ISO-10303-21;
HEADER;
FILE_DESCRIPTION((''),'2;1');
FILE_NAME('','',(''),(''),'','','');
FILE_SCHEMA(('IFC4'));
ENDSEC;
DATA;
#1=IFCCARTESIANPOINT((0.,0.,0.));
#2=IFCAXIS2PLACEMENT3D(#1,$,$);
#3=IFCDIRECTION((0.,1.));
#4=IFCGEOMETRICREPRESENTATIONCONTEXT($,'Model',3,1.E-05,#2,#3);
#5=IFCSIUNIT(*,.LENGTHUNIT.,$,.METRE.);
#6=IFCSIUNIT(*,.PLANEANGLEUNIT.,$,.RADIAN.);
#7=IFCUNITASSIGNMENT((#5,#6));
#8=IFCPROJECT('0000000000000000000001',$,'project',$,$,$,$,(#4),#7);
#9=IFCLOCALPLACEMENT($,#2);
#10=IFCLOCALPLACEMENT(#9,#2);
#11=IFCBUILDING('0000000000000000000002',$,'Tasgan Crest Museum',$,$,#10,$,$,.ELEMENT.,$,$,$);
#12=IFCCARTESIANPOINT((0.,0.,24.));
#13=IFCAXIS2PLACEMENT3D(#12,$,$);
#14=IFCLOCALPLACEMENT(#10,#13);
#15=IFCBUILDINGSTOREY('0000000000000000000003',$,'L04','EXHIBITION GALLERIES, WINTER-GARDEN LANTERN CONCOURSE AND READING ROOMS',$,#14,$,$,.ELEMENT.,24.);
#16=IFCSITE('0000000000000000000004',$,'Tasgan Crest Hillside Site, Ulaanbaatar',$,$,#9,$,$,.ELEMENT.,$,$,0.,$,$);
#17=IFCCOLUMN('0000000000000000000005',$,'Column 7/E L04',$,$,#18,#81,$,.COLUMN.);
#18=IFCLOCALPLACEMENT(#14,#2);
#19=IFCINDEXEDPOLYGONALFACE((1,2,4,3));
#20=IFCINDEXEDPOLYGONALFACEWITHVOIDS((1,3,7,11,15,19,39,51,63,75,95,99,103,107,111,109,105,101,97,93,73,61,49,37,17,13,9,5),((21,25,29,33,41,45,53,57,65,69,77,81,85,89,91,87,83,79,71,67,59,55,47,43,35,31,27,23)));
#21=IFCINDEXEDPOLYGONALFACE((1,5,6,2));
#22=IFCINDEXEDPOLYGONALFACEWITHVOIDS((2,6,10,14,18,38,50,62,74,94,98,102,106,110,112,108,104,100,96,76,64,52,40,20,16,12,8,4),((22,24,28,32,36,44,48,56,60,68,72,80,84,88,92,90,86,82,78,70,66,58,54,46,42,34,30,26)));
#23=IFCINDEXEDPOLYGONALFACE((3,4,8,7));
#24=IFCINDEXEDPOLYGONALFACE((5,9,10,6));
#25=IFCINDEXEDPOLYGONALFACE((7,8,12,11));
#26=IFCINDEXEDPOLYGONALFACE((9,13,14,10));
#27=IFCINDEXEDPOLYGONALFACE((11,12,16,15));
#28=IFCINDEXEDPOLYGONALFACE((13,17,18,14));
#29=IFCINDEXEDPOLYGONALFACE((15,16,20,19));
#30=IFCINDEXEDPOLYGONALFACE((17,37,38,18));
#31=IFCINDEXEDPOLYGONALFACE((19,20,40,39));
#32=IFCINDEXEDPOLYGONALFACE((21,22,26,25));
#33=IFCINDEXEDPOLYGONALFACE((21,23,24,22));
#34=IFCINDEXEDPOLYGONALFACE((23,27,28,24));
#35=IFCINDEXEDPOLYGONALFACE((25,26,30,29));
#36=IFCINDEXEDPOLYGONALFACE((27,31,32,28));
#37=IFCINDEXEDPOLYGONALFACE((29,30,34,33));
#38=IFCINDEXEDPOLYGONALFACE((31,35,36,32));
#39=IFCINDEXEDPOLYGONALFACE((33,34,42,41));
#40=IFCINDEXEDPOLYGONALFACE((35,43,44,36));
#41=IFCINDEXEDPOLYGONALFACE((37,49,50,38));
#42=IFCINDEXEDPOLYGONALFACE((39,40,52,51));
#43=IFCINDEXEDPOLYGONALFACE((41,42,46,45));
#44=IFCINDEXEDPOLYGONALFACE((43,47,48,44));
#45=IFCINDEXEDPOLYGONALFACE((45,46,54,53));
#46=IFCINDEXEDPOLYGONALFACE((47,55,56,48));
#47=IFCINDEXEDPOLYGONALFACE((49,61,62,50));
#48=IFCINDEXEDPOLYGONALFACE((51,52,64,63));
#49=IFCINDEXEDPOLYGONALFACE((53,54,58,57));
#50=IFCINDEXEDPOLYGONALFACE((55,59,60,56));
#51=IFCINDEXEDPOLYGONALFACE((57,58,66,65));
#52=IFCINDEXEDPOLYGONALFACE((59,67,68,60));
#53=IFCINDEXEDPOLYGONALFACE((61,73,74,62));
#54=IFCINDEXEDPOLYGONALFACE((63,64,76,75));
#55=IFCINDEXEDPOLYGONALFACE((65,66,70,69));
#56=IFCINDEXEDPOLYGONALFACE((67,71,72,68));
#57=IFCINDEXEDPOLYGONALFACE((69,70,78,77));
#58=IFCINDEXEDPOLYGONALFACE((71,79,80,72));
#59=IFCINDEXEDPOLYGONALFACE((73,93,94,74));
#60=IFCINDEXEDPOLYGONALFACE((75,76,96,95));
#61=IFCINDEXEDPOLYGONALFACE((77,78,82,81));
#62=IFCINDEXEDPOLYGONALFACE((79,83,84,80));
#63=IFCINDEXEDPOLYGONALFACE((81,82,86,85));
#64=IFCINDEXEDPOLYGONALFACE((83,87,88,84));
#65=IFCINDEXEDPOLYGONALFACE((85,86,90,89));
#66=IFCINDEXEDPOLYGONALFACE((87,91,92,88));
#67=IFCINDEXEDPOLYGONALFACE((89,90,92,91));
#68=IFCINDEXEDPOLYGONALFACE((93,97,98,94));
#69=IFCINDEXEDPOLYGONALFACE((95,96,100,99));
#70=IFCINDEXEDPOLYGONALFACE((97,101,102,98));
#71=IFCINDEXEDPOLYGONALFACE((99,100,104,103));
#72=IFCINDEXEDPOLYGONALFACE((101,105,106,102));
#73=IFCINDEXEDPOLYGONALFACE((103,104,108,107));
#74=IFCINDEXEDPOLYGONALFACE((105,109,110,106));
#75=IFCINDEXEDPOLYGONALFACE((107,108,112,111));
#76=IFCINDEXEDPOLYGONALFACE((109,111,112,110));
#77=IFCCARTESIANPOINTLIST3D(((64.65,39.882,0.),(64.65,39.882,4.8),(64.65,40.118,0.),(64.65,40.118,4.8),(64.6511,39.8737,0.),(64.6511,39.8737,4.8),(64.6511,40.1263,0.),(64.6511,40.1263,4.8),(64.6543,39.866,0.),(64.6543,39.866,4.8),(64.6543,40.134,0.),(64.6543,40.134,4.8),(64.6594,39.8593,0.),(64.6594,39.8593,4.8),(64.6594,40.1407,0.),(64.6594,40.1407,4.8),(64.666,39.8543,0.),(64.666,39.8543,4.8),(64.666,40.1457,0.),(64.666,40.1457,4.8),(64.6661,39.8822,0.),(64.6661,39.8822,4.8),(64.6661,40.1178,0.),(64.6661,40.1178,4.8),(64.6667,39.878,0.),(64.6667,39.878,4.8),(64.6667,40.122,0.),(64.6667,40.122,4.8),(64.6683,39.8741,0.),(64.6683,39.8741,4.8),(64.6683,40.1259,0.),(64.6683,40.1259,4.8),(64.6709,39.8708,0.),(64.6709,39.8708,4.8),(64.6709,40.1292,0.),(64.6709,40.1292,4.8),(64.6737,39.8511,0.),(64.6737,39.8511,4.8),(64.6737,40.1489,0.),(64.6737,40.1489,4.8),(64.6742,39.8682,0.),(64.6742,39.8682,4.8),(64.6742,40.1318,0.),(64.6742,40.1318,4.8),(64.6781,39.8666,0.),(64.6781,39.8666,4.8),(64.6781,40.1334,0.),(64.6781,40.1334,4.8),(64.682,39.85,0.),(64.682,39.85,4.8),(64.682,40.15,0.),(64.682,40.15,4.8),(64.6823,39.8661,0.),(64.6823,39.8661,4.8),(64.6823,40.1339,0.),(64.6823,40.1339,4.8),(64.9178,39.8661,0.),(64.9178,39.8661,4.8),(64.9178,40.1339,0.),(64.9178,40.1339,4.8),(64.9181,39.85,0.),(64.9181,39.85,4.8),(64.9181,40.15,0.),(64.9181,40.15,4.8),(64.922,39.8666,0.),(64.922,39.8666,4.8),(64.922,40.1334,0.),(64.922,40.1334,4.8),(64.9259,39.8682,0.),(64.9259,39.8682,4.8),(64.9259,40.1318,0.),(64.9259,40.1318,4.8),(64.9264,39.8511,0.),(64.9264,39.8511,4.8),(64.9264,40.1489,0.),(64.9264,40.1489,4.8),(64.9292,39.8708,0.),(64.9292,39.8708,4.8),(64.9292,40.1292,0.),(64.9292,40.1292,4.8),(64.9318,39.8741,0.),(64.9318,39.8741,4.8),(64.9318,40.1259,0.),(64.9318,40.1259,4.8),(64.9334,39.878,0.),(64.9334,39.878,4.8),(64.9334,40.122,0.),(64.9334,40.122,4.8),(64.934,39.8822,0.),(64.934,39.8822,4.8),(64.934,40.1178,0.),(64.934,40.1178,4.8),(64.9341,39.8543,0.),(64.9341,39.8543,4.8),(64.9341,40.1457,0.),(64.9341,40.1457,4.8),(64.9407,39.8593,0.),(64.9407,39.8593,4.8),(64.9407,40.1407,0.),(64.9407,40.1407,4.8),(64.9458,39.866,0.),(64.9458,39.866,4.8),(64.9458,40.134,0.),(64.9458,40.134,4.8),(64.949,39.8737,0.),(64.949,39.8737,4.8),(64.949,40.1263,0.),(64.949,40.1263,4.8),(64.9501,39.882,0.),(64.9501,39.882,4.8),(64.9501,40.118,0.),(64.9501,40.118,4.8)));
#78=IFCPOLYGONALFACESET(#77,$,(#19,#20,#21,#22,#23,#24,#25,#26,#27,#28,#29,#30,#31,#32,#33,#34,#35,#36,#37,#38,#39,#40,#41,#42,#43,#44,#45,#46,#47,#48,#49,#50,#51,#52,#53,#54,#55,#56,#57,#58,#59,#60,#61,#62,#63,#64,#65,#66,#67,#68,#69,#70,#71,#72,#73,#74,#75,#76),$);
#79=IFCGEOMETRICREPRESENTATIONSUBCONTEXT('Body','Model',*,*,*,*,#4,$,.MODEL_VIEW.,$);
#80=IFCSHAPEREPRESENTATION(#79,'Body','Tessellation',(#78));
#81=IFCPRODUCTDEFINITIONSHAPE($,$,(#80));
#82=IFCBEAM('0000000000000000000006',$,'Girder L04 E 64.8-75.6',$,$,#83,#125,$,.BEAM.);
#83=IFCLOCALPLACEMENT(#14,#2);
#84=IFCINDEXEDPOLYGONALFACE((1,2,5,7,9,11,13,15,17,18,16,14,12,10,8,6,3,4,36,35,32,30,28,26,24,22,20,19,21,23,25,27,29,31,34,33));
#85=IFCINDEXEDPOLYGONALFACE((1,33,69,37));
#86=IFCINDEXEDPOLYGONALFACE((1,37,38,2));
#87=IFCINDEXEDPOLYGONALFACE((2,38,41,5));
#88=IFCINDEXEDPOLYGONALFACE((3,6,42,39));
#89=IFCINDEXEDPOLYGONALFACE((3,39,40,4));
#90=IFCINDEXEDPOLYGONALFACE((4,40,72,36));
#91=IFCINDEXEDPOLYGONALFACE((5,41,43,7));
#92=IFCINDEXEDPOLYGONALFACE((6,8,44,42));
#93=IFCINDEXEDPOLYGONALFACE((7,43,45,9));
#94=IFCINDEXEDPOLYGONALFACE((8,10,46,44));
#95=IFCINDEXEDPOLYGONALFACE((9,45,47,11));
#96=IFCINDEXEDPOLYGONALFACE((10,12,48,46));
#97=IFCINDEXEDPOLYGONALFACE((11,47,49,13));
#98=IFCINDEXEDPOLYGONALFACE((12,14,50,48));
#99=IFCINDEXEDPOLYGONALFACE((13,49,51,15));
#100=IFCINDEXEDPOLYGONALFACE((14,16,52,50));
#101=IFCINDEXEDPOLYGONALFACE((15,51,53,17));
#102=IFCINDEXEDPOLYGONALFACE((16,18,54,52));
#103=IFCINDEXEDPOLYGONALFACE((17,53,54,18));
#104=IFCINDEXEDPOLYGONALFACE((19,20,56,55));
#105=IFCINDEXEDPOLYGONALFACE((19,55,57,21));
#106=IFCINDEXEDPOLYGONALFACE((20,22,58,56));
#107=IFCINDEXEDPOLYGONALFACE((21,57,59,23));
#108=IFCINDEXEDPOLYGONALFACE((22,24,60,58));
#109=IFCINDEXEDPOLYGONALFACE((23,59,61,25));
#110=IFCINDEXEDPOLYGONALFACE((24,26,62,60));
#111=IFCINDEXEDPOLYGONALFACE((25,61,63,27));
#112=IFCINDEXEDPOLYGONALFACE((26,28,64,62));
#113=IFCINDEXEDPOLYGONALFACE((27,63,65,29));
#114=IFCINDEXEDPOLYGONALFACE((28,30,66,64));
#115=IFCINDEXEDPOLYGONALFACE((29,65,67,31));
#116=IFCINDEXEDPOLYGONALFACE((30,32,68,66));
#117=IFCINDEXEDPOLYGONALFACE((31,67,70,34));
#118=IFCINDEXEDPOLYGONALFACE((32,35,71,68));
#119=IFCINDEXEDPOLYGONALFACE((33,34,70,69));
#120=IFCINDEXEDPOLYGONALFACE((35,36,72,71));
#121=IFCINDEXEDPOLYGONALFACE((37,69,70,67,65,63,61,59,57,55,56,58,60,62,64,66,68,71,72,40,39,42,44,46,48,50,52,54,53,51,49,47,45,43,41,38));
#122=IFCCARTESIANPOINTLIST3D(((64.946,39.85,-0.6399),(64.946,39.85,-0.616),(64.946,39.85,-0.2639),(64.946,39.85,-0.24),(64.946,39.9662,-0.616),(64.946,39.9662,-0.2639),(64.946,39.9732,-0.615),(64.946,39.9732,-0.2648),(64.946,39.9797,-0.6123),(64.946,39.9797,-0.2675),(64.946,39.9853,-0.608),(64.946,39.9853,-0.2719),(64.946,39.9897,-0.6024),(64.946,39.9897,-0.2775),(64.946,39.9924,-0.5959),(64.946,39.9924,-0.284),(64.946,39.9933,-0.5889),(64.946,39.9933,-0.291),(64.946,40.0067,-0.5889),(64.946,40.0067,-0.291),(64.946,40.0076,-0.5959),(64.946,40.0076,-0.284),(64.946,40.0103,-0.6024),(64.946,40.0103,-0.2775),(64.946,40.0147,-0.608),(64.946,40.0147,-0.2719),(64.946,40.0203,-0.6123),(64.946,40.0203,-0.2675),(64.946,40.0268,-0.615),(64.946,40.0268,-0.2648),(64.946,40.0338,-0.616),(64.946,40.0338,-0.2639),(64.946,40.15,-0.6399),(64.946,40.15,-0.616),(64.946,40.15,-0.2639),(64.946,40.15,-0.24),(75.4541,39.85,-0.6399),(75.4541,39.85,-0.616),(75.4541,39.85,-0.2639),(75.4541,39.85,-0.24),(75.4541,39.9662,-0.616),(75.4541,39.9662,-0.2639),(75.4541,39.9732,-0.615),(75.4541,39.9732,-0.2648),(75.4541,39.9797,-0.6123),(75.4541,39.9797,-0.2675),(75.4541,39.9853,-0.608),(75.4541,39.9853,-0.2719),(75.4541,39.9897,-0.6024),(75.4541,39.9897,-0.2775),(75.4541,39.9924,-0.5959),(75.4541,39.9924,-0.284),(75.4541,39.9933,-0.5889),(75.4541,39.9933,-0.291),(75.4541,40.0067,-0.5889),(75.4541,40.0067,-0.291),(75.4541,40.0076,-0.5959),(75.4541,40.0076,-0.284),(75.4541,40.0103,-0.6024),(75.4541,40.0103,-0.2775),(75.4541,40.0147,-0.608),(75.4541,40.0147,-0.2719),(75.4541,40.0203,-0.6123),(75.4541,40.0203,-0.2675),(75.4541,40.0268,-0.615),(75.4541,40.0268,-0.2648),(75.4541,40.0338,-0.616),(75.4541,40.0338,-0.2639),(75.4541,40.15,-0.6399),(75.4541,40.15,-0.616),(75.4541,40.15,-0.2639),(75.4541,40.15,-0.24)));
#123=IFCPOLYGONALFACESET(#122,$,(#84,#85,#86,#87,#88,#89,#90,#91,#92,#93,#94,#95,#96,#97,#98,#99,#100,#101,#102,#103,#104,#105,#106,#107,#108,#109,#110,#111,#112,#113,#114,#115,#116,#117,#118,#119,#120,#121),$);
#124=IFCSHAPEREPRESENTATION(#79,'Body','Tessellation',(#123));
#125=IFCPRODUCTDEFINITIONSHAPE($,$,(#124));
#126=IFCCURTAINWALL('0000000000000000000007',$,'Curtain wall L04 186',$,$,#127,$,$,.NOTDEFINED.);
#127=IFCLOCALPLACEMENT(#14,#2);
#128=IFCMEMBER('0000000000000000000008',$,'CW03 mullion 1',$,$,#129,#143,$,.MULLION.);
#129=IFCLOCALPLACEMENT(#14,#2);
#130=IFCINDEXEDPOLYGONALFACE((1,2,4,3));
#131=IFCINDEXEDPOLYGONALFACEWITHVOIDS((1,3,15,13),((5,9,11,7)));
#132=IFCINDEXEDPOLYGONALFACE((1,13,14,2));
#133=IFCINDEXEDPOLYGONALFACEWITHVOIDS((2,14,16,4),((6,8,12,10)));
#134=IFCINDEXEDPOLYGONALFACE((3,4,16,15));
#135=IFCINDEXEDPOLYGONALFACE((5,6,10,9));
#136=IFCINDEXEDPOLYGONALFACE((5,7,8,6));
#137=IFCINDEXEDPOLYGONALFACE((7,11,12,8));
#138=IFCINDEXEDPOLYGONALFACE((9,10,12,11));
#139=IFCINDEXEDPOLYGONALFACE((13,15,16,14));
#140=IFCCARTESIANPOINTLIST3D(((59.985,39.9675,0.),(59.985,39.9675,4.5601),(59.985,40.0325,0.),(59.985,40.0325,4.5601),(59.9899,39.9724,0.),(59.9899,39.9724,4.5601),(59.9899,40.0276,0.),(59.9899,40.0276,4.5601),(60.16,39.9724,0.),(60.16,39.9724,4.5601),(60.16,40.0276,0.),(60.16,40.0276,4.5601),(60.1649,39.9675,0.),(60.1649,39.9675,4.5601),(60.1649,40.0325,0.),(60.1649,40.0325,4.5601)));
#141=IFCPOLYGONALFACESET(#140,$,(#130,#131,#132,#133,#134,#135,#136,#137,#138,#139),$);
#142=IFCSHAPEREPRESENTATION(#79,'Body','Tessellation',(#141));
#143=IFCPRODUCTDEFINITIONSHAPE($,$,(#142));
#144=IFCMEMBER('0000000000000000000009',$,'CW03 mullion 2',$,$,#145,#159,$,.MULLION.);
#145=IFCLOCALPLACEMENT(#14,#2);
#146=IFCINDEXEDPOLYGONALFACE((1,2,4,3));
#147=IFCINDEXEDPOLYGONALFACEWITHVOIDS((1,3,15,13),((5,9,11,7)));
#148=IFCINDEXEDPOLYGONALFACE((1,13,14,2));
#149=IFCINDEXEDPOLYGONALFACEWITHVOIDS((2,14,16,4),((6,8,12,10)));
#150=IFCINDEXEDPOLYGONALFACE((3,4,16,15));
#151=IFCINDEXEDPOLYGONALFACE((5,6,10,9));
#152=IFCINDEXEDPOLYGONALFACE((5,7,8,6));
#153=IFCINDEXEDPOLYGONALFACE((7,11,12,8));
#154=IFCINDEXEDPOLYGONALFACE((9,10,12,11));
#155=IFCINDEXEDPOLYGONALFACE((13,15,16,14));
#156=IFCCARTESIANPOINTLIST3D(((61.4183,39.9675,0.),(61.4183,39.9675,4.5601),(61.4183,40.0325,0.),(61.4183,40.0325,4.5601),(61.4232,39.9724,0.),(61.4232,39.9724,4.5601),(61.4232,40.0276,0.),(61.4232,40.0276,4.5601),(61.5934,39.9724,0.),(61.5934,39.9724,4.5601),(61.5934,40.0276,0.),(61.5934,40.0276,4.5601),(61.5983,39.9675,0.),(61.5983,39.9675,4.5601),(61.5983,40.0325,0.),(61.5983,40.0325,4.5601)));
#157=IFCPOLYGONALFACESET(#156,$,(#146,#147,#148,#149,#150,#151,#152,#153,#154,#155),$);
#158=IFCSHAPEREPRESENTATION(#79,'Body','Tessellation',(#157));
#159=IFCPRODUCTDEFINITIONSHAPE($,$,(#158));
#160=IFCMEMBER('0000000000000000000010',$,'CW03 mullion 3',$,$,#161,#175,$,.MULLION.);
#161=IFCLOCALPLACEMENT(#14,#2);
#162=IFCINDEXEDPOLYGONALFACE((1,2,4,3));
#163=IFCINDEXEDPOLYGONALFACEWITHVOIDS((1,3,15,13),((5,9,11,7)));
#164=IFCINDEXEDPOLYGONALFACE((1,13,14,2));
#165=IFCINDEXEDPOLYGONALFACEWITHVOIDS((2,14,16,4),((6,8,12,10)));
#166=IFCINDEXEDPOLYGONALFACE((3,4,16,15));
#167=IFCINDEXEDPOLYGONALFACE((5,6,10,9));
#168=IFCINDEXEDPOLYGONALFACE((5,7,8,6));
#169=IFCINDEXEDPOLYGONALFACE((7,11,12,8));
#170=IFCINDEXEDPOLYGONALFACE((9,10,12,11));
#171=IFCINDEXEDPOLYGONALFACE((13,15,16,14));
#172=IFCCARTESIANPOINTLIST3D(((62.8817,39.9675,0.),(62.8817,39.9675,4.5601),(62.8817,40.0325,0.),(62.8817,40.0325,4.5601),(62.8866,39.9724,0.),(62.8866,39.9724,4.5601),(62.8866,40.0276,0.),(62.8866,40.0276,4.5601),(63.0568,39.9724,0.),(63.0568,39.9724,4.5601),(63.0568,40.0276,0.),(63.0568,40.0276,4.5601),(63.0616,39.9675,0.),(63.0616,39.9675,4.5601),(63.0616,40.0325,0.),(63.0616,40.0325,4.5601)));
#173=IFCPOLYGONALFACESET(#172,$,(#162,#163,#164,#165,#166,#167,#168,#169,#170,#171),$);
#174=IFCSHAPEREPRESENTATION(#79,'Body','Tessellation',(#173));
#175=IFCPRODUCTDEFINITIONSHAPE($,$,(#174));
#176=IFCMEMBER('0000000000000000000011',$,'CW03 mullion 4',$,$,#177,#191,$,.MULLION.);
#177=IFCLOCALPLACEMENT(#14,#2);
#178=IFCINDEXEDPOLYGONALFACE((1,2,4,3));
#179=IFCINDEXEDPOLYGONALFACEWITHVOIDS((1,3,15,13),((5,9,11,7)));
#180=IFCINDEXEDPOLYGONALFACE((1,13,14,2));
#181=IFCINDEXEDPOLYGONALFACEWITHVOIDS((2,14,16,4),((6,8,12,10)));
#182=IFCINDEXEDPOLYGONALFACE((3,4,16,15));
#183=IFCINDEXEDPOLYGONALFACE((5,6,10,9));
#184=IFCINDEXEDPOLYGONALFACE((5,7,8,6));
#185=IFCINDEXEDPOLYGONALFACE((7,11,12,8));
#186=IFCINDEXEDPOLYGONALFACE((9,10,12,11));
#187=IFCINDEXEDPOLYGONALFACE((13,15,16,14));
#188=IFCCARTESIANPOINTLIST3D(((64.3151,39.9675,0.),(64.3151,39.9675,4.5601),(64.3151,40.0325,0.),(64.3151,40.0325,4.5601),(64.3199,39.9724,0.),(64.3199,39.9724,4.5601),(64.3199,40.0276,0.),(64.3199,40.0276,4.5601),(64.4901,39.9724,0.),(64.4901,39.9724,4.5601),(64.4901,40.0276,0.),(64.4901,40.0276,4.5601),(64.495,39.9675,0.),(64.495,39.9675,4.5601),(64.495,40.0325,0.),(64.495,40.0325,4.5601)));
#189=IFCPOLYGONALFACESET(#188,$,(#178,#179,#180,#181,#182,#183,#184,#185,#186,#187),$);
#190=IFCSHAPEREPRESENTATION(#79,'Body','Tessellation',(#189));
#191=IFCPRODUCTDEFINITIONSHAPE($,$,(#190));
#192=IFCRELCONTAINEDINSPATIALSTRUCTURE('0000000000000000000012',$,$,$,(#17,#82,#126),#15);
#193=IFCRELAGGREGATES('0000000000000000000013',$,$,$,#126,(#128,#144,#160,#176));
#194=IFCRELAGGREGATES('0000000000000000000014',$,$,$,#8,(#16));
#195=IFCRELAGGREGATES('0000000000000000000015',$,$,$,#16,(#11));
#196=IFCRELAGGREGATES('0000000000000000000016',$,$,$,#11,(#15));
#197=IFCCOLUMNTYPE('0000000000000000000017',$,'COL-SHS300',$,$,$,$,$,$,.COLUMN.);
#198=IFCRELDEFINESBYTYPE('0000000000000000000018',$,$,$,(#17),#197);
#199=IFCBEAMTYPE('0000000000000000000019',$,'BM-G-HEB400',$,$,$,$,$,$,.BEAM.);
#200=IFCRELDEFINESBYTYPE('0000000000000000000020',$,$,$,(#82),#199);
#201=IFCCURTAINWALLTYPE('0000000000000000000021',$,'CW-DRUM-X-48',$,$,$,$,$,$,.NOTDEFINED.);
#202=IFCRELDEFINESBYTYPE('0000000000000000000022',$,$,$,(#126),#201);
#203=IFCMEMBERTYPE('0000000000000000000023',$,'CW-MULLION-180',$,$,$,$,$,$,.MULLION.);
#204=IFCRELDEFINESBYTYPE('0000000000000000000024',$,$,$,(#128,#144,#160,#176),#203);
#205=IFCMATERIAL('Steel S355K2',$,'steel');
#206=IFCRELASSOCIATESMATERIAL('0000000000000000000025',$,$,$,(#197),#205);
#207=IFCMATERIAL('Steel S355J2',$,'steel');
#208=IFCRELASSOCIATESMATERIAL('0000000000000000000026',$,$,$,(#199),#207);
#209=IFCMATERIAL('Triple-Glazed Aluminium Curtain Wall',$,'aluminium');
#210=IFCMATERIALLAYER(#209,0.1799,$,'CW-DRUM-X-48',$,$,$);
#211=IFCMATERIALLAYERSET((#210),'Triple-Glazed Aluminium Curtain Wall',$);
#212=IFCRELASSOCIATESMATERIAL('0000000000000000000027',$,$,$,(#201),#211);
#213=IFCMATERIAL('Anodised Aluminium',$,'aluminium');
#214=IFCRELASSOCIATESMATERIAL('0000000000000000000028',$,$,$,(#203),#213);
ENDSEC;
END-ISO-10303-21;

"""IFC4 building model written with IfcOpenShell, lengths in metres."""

from ifc_helpers import new_model, si_unit, direction, frame, origin, origin_2d, place, context, subcontext, project, spatial, hollow_rectangle, i_section, extrude, material, layer, layer_set, material_profile, profile_set, type_object, element, aggregate, save


model = new_model("IFC4")

# Units and contexts
model_context = context("Model", 3, precision=1e-05, world=origin(), true_north=direction((0.0, 1.0)))
body_context = subcontext(model_context, "Body", "Model", "MODEL_VIEW")
ifc_project = project(units=[si_unit("LENGTHUNIT", "METRE"), si_unit("PLANEANGLEUNIT", "RADIAN")], contexts=[model_context])

# Site, building, storey
site_placement = place(None, origin())
site = spatial("IfcSite", under=ifc_project, at=site_placement, Name="Tasgan Crest Hillside Site, Ulaanbaatar", CompositionType="ELEMENT", RefElevation=0.0)
building_placement = place(site_placement, origin())
building = spatial("IfcBuilding", under=site, at=building_placement, Name="Tasgan Crest Museum", CompositionType="ELEMENT")
storey_placement = place(building_placement, frame((0.0, 0.0, 24.0)))
storey = spatial("IfcBuildingStorey", under=building, at=storey_placement, Name="L04", Description="EXHIBITION GALLERIES, WINTER-GARDEN LANTERN CONCOURSE AND READING ROOMS", CompositionType="ELEMENT", Elevation=24.0)

# Column
ifc_material_1 = material(Name="Steel S355K2", Category="steel")
ifc_material_profile_1 = material_profile(ifc_material_1, hollow_rectangle(XDim=0.3, YDim=0.3, WallThickness=0.0161, InnerFilletRadius=0.0161, OuterFilletRadius=0.032, at=origin_2d()), Name="SHS 300x300x16")
ifc_profile_set_1 = profile_set([ifc_material_profile_1], Name="Steel S355K2")
column_type = type_object("IfcColumnType", Name="COL-SHS300", PredefinedType="COLUMN", material=ifc_profile_set_1)
column_placement = place(storey_placement, frame((64.8, 40.0, 0.0), z_axis=(0.0, 0.0, 1.0), x_axis=(1.0, 0.0, 0.0)))
element("IfcColumn", 1, at=column_placement, inside=storey, type_object=column_type, Name="Column 7/E L04", PredefinedType="COLUMN", context=body_context, shape_type="SweptSolid", body=[
    extrude(hollow_rectangle(XDim=0.3, YDim=0.3, WallThickness=0.0161, InnerFilletRadius=0.0161, OuterFilletRadius=0.032, at=origin_2d()), origin(), (0.0, 0.0, 1.0), 4.8),
])

# Beam
ifc_material_2 = material(Name="Steel S355J2", Category="steel")
ifc_material_profile_2 = material_profile(ifc_material_2, i_section(OverallWidth=0.3, OverallDepth=0.3999, WebThickness=0.0134, FlangeThickness=0.0239, FilletRadius=0.0271, at=origin_2d()), Name="HEB 400")
ifc_profile_set_2 = profile_set([ifc_material_profile_2], Name="Steel S355J2")
beam_type = type_object("IfcBeamType", Name="BM-G-HEB400", PredefinedType="BEAM", material=ifc_profile_set_2)
beam_placement = place(storey_placement, frame((64.946, 40.0, -0.4399), z_axis=(1.0, 0.0, 0.0), x_axis=(0.0, 1.0, 0.0)))
element("IfcBeam", 2, at=beam_placement, inside=storey, type_object=beam_type, Name="Girder L04 E 64.8-75.6", PredefinedType="BEAM", context=body_context, shape_type="SweptSolid", body=[
    extrude(i_section(OverallWidth=0.3, OverallDepth=0.3999, WebThickness=0.0134, FlangeThickness=0.0239, FilletRadius=0.0271, at=origin_2d()), origin(), (0.0, 0.0, 1.0), 10.5081),
])

# Curtain wall, members
ifc_material_3 = material(Name="Triple-Glazed Aluminium Curtain Wall", Category="aluminium")
ifc_layer_1 = layer(ifc_material_3, 0.1799, Name="CW-DRUM-X-48")
ifc_layer_set_1 = layer_set([ifc_layer_1], Name="Triple-Glazed Aluminium Curtain Wall")
curtain_wall_type = type_object("IfcCurtainWallType", Name="CW-DRUM-X-48", PredefinedType="NOTDEFINED", material=ifc_layer_set_1)
curtain_wall_placement = place(storey_placement, origin())
curtain_wall = element("IfcCurtainWall", 3, at=curtain_wall_placement, inside=storey, type_object=curtain_wall_type, Name="Curtain wall L04 186", PredefinedType="NOTDEFINED")
ifc_material_4 = material(Name="Anodised Aluminium", Category="aluminium")
ifc_material_profile_3 = material_profile(ifc_material_4, hollow_rectangle(XDim=0.0649, YDim=0.1799, WallThickness=0.0049, at=origin_2d()), Name="ALU MULLION 180x65x5")
ifc_profile_set_3 = profile_set([ifc_material_profile_3], Name="Anodised Aluminium")
member_type_1 = type_object("IfcMemberType", Name="CW-MULLION-180", PredefinedType="MULLION", material=ifc_profile_set_3)
member_1_placement = place(storey_placement, frame((60.075, 40.0, 0.0), z_axis=(0.0, 0.0, 1.0), x_axis=(0.0, 1.0, 0.0)))
member_1 = element("IfcMember", 4, at=member_1_placement, type_object=member_type_1, Name="CW03 mullion 1", PredefinedType="MULLION", context=body_context, shape_type="SweptSolid", body=[
    extrude(hollow_rectangle(XDim=0.0649, YDim=0.1799, WallThickness=0.0049, at=origin_2d()), origin(), (0.0, 0.0, 1.0), 4.5601),
])
member_2_placement = place(storey_placement, frame((61.5083, 40.0, 0.0), z_axis=(0.0, 0.0, 1.0), x_axis=(0.0, 1.0, 0.0)))
member_2 = element("IfcMember", 5, at=member_2_placement, type_object=member_type_1, Name="CW03 mullion 2", PredefinedType="MULLION", context=body_context, shape_type="SweptSolid", body=[
    extrude(hollow_rectangle(XDim=0.0649, YDim=0.1799, WallThickness=0.0049, at=origin_2d()), origin(), (0.0, 0.0, 1.0), 4.5601),
])
member_3_placement = place(storey_placement, frame((62.9717, 40.0, 0.0), z_axis=(0.0, 0.0, 1.0), x_axis=(0.0, 1.0, 0.0)))
member_3 = element("IfcMember", 6, at=member_3_placement, type_object=member_type_1, Name="CW03 mullion 3", PredefinedType="MULLION", context=body_context, shape_type="SweptSolid", body=[
    extrude(hollow_rectangle(XDim=0.0649, YDim=0.1799, WallThickness=0.0049, at=origin_2d()), origin(), (0.0, 0.0, 1.0), 4.5601),
])
member_4_placement = place(storey_placement, frame((64.405, 40.0, 0.0), z_axis=(0.0, 0.0, 1.0), x_axis=(0.0, 1.0, 0.0)))
member_4 = element("IfcMember", 7, at=member_4_placement, type_object=member_type_1, Name="CW03 mullion 4", PredefinedType="MULLION", context=body_context, shape_type="SweptSolid", body=[
    extrude(hollow_rectangle(XDim=0.0649, YDim=0.1799, WallThickness=0.0049, at=origin_2d()), origin(), (0.0, 0.0, 1.0), 4.5601),
])
aggregate(curtain_wall, [member_1, member_2, member_3, member_4])

save(model, "model.ifc")
